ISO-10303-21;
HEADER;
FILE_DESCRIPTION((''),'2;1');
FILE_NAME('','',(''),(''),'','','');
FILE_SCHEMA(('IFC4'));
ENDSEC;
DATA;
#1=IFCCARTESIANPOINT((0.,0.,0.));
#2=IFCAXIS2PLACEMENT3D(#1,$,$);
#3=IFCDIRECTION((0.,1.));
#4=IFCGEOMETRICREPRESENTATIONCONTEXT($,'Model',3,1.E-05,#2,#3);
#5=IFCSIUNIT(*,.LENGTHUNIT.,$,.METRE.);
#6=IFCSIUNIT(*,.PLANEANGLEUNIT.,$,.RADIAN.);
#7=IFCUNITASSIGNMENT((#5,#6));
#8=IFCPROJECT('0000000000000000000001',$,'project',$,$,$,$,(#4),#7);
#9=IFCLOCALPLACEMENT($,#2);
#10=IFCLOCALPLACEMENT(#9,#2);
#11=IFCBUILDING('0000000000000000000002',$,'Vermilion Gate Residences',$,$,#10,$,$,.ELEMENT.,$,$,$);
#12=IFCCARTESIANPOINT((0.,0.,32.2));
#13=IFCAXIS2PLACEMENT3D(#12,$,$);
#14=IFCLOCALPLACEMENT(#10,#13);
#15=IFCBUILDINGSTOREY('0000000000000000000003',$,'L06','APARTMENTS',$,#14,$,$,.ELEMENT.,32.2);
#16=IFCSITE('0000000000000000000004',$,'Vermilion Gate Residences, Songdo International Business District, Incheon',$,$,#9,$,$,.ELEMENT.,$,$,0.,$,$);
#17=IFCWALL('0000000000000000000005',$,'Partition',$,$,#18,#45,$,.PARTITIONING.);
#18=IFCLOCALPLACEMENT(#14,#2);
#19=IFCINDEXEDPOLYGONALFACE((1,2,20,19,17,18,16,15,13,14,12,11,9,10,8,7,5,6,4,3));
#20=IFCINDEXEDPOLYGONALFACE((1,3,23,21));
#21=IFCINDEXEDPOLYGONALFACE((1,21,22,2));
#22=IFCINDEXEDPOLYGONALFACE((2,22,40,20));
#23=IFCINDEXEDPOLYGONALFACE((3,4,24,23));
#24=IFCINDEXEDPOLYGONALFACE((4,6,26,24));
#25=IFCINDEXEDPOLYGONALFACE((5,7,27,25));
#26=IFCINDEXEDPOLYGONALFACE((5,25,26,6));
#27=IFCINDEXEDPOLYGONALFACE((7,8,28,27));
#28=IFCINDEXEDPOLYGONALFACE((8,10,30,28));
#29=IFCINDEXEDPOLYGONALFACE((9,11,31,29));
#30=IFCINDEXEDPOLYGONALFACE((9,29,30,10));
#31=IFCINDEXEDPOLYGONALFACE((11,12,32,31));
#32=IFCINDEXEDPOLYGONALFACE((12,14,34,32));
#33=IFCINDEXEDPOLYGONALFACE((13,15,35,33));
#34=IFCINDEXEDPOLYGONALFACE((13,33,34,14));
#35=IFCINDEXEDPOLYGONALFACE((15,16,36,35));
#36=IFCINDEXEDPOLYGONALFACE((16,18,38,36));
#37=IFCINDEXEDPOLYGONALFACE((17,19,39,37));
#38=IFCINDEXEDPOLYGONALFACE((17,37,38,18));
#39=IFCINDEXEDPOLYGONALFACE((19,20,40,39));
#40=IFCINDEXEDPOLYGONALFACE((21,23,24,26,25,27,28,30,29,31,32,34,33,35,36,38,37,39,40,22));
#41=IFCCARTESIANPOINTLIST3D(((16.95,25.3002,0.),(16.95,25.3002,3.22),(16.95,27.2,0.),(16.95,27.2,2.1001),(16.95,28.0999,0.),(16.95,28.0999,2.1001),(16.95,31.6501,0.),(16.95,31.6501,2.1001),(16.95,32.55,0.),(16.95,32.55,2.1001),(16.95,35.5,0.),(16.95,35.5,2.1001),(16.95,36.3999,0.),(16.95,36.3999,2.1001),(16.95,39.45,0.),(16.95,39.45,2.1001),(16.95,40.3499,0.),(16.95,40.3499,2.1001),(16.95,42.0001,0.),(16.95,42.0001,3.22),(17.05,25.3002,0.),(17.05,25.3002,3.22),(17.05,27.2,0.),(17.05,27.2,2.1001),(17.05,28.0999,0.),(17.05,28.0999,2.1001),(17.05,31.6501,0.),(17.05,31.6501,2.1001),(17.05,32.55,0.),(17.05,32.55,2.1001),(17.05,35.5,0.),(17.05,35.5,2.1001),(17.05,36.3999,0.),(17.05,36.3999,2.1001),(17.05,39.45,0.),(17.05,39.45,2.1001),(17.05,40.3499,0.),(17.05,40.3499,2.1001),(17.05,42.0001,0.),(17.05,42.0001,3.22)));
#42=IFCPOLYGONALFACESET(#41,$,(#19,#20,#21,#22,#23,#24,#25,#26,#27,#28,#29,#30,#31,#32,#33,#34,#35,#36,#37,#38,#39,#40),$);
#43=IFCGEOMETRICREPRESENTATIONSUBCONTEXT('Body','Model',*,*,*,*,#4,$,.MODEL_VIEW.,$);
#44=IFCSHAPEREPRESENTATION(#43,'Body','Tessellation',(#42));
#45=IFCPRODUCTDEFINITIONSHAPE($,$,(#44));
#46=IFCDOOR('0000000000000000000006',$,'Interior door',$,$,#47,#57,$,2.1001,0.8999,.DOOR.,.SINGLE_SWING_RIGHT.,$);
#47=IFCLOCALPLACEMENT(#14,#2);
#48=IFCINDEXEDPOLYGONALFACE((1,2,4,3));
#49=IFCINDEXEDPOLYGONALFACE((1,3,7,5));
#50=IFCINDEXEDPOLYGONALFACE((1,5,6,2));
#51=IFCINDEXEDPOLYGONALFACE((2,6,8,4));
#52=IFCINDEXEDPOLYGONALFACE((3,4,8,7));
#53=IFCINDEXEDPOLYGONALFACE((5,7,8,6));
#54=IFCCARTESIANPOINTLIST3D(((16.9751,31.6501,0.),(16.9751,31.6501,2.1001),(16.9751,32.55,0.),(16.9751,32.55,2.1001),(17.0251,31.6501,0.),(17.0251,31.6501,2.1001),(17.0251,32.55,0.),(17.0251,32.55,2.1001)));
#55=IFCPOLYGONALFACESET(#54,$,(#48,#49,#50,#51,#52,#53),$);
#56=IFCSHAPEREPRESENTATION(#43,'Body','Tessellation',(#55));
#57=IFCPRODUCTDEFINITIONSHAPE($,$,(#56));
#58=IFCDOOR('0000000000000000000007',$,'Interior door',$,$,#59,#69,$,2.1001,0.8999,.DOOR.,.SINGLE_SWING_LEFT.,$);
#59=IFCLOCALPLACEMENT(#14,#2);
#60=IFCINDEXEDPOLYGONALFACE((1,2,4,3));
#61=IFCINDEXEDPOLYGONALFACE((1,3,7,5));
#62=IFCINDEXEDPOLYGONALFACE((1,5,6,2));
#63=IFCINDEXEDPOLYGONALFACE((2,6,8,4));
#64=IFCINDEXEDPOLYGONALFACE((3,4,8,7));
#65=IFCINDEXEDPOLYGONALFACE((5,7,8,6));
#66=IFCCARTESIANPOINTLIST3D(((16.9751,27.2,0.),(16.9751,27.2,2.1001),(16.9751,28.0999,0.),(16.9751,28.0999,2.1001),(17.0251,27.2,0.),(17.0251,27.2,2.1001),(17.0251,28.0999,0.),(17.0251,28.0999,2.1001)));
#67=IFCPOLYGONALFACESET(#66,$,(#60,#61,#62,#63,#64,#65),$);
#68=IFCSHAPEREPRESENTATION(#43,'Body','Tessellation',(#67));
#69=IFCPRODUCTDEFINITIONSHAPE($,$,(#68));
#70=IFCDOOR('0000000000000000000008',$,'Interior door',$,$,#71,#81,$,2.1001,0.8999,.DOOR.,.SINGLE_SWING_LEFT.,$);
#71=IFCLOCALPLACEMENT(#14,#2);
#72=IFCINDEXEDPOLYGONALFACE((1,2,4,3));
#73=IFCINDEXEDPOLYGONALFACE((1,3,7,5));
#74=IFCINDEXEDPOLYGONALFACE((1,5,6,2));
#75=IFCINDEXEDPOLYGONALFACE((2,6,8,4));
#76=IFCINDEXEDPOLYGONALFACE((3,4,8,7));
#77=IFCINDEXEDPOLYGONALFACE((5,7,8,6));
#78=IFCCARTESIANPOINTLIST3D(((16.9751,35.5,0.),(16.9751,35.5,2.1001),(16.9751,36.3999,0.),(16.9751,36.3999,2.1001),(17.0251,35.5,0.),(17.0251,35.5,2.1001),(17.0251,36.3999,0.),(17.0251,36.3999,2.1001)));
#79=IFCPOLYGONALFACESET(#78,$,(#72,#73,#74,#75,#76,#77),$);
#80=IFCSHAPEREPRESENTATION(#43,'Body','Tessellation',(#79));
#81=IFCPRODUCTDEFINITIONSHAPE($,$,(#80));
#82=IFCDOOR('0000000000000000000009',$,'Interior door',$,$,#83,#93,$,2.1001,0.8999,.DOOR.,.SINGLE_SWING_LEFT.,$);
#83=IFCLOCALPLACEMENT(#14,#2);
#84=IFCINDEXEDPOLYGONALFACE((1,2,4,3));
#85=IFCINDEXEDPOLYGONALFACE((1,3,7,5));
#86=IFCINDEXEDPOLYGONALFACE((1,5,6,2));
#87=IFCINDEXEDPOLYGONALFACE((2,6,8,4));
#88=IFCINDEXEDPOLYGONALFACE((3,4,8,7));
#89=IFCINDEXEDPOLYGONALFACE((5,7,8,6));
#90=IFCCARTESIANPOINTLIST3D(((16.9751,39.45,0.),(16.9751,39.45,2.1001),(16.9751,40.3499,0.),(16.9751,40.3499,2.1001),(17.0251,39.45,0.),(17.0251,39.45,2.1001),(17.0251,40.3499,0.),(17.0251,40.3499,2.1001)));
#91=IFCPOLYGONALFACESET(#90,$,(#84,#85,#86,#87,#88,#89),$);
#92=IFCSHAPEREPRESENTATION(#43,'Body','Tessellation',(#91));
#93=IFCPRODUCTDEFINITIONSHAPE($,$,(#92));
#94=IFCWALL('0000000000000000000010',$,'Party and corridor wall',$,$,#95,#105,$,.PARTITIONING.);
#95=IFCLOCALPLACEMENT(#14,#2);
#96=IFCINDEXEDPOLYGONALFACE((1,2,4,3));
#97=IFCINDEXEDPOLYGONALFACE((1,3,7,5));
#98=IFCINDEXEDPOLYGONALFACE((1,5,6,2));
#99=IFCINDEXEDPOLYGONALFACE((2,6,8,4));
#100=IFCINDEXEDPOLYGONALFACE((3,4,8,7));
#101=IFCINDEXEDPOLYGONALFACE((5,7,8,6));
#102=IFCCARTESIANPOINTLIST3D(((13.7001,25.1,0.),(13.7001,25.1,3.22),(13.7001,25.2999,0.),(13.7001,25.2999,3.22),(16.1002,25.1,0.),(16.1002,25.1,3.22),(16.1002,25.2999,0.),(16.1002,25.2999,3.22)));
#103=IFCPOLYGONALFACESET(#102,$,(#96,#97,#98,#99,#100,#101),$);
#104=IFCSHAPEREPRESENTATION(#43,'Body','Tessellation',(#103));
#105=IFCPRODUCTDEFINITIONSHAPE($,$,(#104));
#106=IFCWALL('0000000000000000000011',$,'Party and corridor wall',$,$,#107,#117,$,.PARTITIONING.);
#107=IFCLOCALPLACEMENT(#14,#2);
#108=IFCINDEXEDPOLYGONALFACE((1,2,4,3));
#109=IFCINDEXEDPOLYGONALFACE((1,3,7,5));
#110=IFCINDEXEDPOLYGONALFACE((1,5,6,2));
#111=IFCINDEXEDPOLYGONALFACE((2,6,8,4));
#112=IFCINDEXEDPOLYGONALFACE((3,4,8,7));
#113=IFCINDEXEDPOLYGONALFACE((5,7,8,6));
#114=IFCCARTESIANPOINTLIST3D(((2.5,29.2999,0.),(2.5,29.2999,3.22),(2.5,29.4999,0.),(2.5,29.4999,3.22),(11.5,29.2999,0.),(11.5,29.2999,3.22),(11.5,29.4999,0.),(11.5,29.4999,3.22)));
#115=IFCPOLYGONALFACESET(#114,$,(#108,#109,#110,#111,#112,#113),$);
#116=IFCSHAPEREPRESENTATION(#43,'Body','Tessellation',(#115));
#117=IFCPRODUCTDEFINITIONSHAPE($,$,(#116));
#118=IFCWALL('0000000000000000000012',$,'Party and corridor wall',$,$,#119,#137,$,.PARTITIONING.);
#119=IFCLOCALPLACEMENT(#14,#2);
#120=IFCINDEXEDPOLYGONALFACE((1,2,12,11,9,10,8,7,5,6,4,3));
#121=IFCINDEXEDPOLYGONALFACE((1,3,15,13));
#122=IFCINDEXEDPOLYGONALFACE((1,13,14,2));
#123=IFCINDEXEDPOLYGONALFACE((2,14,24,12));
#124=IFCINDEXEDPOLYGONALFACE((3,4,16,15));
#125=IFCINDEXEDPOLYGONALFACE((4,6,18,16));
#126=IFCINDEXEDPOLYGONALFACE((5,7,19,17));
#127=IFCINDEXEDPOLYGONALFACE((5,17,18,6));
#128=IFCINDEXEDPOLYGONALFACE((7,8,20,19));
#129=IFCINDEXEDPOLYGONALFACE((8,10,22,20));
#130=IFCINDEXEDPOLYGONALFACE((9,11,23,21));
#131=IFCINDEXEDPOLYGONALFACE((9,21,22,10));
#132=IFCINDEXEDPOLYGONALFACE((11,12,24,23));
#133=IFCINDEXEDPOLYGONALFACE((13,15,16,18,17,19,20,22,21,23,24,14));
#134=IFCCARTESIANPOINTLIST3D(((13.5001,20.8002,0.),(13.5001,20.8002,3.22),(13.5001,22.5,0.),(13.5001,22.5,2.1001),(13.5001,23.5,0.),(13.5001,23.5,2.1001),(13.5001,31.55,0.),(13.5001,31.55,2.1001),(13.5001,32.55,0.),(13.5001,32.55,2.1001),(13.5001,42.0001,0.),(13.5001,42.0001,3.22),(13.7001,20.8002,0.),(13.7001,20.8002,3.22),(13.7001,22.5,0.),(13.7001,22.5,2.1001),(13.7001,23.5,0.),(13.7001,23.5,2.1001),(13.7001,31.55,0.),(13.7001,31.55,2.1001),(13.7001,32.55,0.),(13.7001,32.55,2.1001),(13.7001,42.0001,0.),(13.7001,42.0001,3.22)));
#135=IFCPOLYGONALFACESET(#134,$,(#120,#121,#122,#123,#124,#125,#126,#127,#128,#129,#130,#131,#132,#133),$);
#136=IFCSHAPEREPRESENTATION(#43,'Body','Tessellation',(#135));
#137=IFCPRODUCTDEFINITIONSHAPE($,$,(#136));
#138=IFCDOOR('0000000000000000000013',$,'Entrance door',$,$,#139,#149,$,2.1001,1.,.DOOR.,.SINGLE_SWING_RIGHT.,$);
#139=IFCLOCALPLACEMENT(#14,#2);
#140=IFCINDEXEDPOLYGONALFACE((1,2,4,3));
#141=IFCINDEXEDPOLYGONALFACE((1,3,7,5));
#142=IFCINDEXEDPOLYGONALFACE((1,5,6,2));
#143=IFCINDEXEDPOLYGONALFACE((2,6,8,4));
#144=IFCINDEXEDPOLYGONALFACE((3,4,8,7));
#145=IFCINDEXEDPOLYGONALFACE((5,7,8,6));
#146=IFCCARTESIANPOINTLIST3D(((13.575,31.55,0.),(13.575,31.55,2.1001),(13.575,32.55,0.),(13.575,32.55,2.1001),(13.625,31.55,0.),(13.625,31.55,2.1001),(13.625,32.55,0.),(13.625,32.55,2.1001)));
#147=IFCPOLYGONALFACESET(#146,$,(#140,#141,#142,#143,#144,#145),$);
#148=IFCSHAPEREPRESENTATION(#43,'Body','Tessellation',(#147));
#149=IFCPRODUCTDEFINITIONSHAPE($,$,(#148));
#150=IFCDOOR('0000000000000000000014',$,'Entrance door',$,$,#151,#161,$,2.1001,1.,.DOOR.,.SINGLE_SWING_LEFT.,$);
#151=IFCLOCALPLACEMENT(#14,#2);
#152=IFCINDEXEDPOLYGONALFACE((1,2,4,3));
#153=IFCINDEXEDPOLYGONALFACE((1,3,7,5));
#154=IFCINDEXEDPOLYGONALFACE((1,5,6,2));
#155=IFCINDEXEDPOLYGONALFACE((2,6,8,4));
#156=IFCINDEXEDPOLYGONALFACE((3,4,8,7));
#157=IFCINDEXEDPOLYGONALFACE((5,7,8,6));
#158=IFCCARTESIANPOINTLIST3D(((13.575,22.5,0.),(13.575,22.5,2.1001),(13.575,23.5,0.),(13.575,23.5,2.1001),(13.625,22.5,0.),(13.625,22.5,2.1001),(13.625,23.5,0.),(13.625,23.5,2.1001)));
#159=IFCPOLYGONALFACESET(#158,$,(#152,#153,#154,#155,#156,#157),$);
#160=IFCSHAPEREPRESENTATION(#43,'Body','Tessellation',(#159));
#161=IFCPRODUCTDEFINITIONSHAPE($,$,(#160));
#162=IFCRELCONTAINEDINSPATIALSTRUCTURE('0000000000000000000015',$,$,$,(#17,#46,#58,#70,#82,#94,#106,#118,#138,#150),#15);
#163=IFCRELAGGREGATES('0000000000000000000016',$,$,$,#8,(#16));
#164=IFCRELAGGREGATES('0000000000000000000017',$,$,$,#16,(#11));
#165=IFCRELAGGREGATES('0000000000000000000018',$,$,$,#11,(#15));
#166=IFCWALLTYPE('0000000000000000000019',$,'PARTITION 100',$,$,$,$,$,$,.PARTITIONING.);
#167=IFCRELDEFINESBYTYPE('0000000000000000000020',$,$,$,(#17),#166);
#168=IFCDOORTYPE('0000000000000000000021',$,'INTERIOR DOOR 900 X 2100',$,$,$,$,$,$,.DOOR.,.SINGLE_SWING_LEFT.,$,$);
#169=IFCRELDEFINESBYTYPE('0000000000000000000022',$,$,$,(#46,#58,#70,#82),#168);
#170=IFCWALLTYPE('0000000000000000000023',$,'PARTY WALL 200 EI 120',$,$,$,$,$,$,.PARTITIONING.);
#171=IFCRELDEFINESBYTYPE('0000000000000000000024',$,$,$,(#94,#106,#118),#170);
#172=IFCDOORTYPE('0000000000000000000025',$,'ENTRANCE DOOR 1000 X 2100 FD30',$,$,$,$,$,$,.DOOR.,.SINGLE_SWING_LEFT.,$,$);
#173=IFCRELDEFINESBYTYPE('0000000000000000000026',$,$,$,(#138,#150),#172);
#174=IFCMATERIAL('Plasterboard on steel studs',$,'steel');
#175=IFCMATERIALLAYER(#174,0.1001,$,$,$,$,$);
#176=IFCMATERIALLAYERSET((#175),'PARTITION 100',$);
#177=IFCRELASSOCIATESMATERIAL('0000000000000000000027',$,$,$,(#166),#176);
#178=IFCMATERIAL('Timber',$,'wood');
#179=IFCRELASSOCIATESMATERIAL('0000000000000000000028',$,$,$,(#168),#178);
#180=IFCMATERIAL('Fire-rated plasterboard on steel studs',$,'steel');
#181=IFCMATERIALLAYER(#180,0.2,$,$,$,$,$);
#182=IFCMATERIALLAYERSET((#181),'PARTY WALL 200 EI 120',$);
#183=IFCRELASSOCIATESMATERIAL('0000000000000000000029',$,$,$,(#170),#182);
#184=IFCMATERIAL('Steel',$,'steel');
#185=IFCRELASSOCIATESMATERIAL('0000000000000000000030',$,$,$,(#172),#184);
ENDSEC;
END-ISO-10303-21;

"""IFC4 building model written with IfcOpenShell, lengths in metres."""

from ifc_helpers import new_model, si_unit, direction, frame, frame_2d, origin, place, context, subcontext, project, spatial, rectangle, extrude, material, layer, layer_set, type_object, element, fill, save


model = new_model("IFC4")

# Units and contexts
model_context = context("Model", 3, precision=1e-05, world=origin(), true_north=direction((0.0, 1.0)))
body_context = subcontext(model_context, "Body", "Model", "MODEL_VIEW")
ifc_project = project(units=[si_unit("LENGTHUNIT", "METRE"), si_unit("PLANEANGLEUNIT", "RADIAN")], contexts=[model_context])

# Site, building, storey
site_placement = place(None, origin())
site = spatial("IfcSite", under=ifc_project, at=site_placement, Name="Vermilion Gate Residences, Songdo International Business District, Incheon", CompositionType="ELEMENT", RefElevation=0.0)
building_placement = place(site_placement, origin())
building = spatial("IfcBuilding", under=site, at=building_placement, Name="Vermilion Gate Residences", CompositionType="ELEMENT")
storey_placement = place(building_placement, frame((0.0, 0.0, 32.2)))
storey = spatial("IfcBuildingStorey", under=building, at=storey_placement, Name="L06", Description="APARTMENTS", CompositionType="ELEMENT", Elevation=32.2)

# Shared definitions
ifc_material_1 = material(Name="Plasterboard on steel studs", Category="steel")
ifc_layer_1 = layer(ifc_material_1, 0.1001)
ifc_layer_set_1 = layer_set([ifc_layer_1], Name="PARTITION 100")
wall_type_1 = type_object("IfcWallType", Name="PARTITION 100", PredefinedType="PARTITIONING", material=ifc_layer_set_1)

# Shared definitions
ifc_material_2 = material(Name="Timber", Category="wood")
door_type_1 = type_object("IfcDoorType", Name="INTERIOR DOOR 900 X 2100", OperationType="SINGLE_SWING_LEFT", PredefinedType="DOOR", material=ifc_material_2)

# Wall, openings, doors
wall_1_placement = place(storey_placement, frame((17.0, 25.3, 0.0), z_axis=(0.0, 0.0, 1.0), x_axis=(0.0, 1.0, 0.0)))
wall_1 = element("IfcWall", 1, at=wall_1_placement, inside=storey, type_object=wall_type_1, Name="Partition", PredefinedType="PARTITIONING", context=body_context, shape_type="SweptSolid", body=[
    extrude(rectangle(XDim=16.7, YDim=0.1001, at=frame_2d((8.3501, 0.0))), origin(), (0.0, 0.0, 1.0), 3.22),
])
opening_1_placement = place(wall_1_placement, frame((6.3501, 0.0, 0.0)))
opening_1 = element("IfcOpeningElement", 2, at=opening_1_placement, cuts=wall_1, PredefinedType="OPENING", context=body_context, shape_type="SweptSolid", body=[
    extrude(rectangle(XDim=0.8999, YDim=2.1001, at=frame_2d((0.45, 1.05))), frame((0.0, 0.0601, 0.0), z_axis=(0.0, -1.0, 0.0), x_axis=(1.0, 0.0, 0.0)), (0.0, 0.0, 1.0), 0.1201),
])
opening_2_placement = place(wall_1_placement, frame((1.8999, 0.0, 0.0)))
opening_2 = element("IfcOpeningElement", 3, at=opening_2_placement, cuts=wall_1, PredefinedType="OPENING", context=body_context, shape_type="SweptSolid", body=[
    extrude(rectangle(XDim=0.8999, YDim=2.1001, at=frame_2d((0.45, 1.05))), frame((0.0, 0.0601, 0.0), z_axis=(0.0, -1.0, 0.0), x_axis=(1.0, 0.0, 0.0)), (0.0, 0.0, 1.0), 0.1201),
])
opening_3_placement = place(wall_1_placement, frame((10.2, 0.0, 0.0)))
opening_3 = element("IfcOpeningElement", 4, at=opening_3_placement, cuts=wall_1, PredefinedType="OPENING", context=body_context, shape_type="SweptSolid", body=[
    extrude(rectangle(XDim=0.8999, YDim=2.1001, at=frame_2d((0.45, 1.05))), frame((0.0, 0.0601, 0.0), z_axis=(0.0, -1.0, 0.0), x_axis=(1.0, 0.0, 0.0)), (0.0, 0.0, 1.0), 0.1201),
])
opening_4_placement = place(wall_1_placement, frame((14.1499, 0.0, 0.0)))
opening_4 = element("IfcOpeningElement", 5, at=opening_4_placement, cuts=wall_1, PredefinedType="OPENING", context=body_context, shape_type="SweptSolid", body=[
    extrude(rectangle(XDim=0.8999, YDim=2.1001, at=frame_2d((0.45, 1.05))), frame((0.0, 0.0601, 0.0), z_axis=(0.0, -1.0, 0.0), x_axis=(1.0, 0.0, 0.0)), (0.0, 0.0, 1.0), 0.1201),
])
door_1_placement = place(opening_1_placement, origin())
door_1 = element("IfcDoor", 6, at=door_1_placement, inside=storey, type_object=door_type_1, Name="Interior door", OperationType="SINGLE_SWING_RIGHT", OverallHeight=2.1001, OverallWidth=0.8999, PredefinedType="DOOR", context=body_context, shape_type="SweptSolid", body=[
    extrude(rectangle(XDim=0.8999, YDim=2.1001, at=frame_2d((0.45, 1.05))), frame((0.0, 0.0249, 0.0), z_axis=(0.0, -1.0, 0.0), x_axis=(1.0, 0.0, 0.0)), (0.0, 0.0, 1.0), 0.05),
])
fill(opening_1, door_1)
door_2_placement = place(opening_2_placement, origin())
door_2 = element("IfcDoor", 7, at=door_2_placement, inside=storey, type_object=door_type_1, Name="Interior door", OperationType="SINGLE_SWING_LEFT", OverallHeight=2.1001, OverallWidth=0.8999, PredefinedType="DOOR", context=body_context, shape_type="SweptSolid", body=[
    extrude(rectangle(XDim=0.8999, YDim=2.1001, at=frame_2d((0.45, 1.05))), frame((0.0, 0.0249, 0.0), z_axis=(0.0, -1.0, 0.0), x_axis=(1.0, 0.0, 0.0)), (0.0, 0.0, 1.0), 0.05),
])
fill(opening_2, door_2)
door_3_placement = place(opening_3_placement, origin())
door_3 = element("IfcDoor", 8, at=door_3_placement, inside=storey, type_object=door_type_1, Name="Interior door", OperationType="SINGLE_SWING_LEFT", OverallHeight=2.1001, OverallWidth=0.8999, PredefinedType="DOOR", context=body_context, shape_type="SweptSolid", body=[
    extrude(rectangle(XDim=0.8999, YDim=2.1001, at=frame_2d((0.45, 1.05))), frame((0.0, 0.0249, 0.0), z_axis=(0.0, -1.0, 0.0), x_axis=(1.0, 0.0, 0.0)), (0.0, 0.0, 1.0), 0.05),
])
fill(opening_3, door_3)
door_4_placement = place(opening_4_placement, origin())
door_4 = element("IfcDoor", 9, at=door_4_placement, inside=storey, type_object=door_type_1, Name="Interior door", OperationType="SINGLE_SWING_LEFT", OverallHeight=2.1001, OverallWidth=0.8999, PredefinedType="DOOR", context=body_context, shape_type="SweptSolid", body=[
    extrude(rectangle(XDim=0.8999, YDim=2.1001, at=frame_2d((0.45, 1.05))), frame((0.0, 0.0249, 0.0), z_axis=(0.0, -1.0, 0.0), x_axis=(1.0, 0.0, 0.0)), (0.0, 0.0, 1.0), 0.05),
])
fill(opening_4, door_4)

# Walls
ifc_material_3 = material(Name="Fire-rated plasterboard on steel studs", Category="steel")
ifc_layer_2 = layer(ifc_material_3, 0.2)
ifc_layer_set_2 = layer_set([ifc_layer_2], Name="PARTY WALL 200 EI 120")
wall_type_2 = type_object("IfcWallType", Name="PARTY WALL 200 EI 120", PredefinedType="PARTITIONING", material=ifc_layer_set_2)
wall_2_placement = place(storey_placement, frame((13.7, 25.2, 0.0), z_axis=(0.0, 0.0, 1.0), x_axis=(1.0, 0.0, 0.0)))
element("IfcWall", 10, at=wall_2_placement, inside=storey, type_object=wall_type_2, Name="Party and corridor wall", PredefinedType="PARTITIONING", context=body_context, shape_type="SweptSolid", body=[
    extrude(rectangle(XDim=2.4001, YDim=0.2, at=frame_2d((1.2002, 0.0))), origin(), (0.0, 0.0, 1.0), 3.22),
])
wall_3_placement = place(storey_placement, frame((2.5, 29.3999, 0.0), z_axis=(0.0, 0.0, 1.0), x_axis=(1.0, 0.0, 0.0)))
element("IfcWall", 11, at=wall_3_placement, inside=storey, type_object=wall_type_2, Name="Party and corridor wall", PredefinedType="PARTITIONING", context=body_context, shape_type="SweptSolid", body=[
    extrude(rectangle(XDim=9.0, YDim=0.2, at=frame_2d((4.5, 0.0))), origin(), (0.0, 0.0, 1.0), 3.22),
])

# Wall, openings, doors
wall_4_placement = place(storey_placement, frame((13.6001, 20.8, 0.0), z_axis=(0.0, 0.0, 1.0), x_axis=(0.0, 1.0, 0.0)))
wall_4 = element("IfcWall", 12, at=wall_4_placement, inside=storey, type_object=wall_type_2, Name="Party and corridor wall", PredefinedType="PARTITIONING", context=body_context, shape_type="SweptSolid", body=[
    extrude(rectangle(XDim=21.2, YDim=0.2, at=frame_2d((10.6001, 0.0))), origin(), (0.0, 0.0, 1.0), 3.22),
])
opening_5_placement = place(wall_4_placement, frame((10.75, 0.0, 0.0)))
opening_5 = element("IfcOpeningElement", 13, at=opening_5_placement, cuts=wall_4, PredefinedType="OPENING", context=body_context, shape_type="SweptSolid", body=[
    extrude(rectangle(XDim=1.0, YDim=2.1001, at=frame_2d((0.5, 1.05))), frame((0.0, 0.1099, 0.0), z_axis=(0.0, -1.0, 0.0), x_axis=(1.0, 0.0, 0.0)), (0.0, 0.0, 1.0), 0.22),
])
opening_6_placement = place(wall_4_placement, frame((1.7, 0.0, 0.0)))
opening_6 = element("IfcOpeningElement", 14, at=opening_6_placement, cuts=wall_4, PredefinedType="OPENING", context=body_context, shape_type="SweptSolid", body=[
    extrude(rectangle(XDim=1.0, YDim=2.1001, at=frame_2d((0.5, 1.05))), frame((0.0, 0.1099, 0.0), z_axis=(0.0, -1.0, 0.0), x_axis=(1.0, 0.0, 0.0)), (0.0, 0.0, 1.0), 0.22),
])
ifc_material_4 = material(Name="Steel", Category="steel")
door_type_2 = type_object("IfcDoorType", Name="ENTRANCE DOOR 1000 X 2100 FD30", OperationType="SINGLE_SWING_LEFT", PredefinedType="DOOR", material=ifc_material_4)
door_5_placement = place(opening_5_placement, frame((1.0, 0.0, 0.0), z_axis=(0.0, 0.0, 1.0), x_axis=(-1.0, 0.0, 0.0)))
door_5 = element("IfcDoor", 15, at=door_5_placement, inside=storey, type_object=door_type_2, Name="Entrance door", OperationType="SINGLE_SWING_RIGHT", OverallHeight=2.1001, OverallWidth=1.0, PredefinedType="DOOR", context=body_context, shape_type="SweptSolid", body=[
    extrude(rectangle(XDim=1.0, YDim=2.1001, at=frame_2d((0.5, 1.05))), frame((0.0, 0.0249, 0.0), z_axis=(0.0, -1.0, 0.0), x_axis=(1.0, 0.0, 0.0)), (0.0, 0.0, 1.0), 0.05),
])
fill(opening_5, door_5)
door_6_placement = place(opening_6_placement, frame((1.0, 0.0, 0.0), z_axis=(0.0, 0.0, 1.0), x_axis=(-1.0, 0.0, 0.0)))
door_6 = element("IfcDoor", 16, at=door_6_placement, inside=storey, type_object=door_type_2, Name="Entrance door", OperationType="SINGLE_SWING_LEFT", OverallHeight=2.1001, OverallWidth=1.0, PredefinedType="DOOR", context=body_context, shape_type="SweptSolid", body=[
    extrude(rectangle(XDim=1.0, YDim=2.1001, at=frame_2d((0.5, 1.05))), frame((0.0, 0.0249, 0.0), z_axis=(0.0, -1.0, 0.0), x_axis=(1.0, 0.0, 0.0)), (0.0, 0.0, 1.0), 0.05),
])
fill(opening_6, door_6)

save(model, "model.ifc")
